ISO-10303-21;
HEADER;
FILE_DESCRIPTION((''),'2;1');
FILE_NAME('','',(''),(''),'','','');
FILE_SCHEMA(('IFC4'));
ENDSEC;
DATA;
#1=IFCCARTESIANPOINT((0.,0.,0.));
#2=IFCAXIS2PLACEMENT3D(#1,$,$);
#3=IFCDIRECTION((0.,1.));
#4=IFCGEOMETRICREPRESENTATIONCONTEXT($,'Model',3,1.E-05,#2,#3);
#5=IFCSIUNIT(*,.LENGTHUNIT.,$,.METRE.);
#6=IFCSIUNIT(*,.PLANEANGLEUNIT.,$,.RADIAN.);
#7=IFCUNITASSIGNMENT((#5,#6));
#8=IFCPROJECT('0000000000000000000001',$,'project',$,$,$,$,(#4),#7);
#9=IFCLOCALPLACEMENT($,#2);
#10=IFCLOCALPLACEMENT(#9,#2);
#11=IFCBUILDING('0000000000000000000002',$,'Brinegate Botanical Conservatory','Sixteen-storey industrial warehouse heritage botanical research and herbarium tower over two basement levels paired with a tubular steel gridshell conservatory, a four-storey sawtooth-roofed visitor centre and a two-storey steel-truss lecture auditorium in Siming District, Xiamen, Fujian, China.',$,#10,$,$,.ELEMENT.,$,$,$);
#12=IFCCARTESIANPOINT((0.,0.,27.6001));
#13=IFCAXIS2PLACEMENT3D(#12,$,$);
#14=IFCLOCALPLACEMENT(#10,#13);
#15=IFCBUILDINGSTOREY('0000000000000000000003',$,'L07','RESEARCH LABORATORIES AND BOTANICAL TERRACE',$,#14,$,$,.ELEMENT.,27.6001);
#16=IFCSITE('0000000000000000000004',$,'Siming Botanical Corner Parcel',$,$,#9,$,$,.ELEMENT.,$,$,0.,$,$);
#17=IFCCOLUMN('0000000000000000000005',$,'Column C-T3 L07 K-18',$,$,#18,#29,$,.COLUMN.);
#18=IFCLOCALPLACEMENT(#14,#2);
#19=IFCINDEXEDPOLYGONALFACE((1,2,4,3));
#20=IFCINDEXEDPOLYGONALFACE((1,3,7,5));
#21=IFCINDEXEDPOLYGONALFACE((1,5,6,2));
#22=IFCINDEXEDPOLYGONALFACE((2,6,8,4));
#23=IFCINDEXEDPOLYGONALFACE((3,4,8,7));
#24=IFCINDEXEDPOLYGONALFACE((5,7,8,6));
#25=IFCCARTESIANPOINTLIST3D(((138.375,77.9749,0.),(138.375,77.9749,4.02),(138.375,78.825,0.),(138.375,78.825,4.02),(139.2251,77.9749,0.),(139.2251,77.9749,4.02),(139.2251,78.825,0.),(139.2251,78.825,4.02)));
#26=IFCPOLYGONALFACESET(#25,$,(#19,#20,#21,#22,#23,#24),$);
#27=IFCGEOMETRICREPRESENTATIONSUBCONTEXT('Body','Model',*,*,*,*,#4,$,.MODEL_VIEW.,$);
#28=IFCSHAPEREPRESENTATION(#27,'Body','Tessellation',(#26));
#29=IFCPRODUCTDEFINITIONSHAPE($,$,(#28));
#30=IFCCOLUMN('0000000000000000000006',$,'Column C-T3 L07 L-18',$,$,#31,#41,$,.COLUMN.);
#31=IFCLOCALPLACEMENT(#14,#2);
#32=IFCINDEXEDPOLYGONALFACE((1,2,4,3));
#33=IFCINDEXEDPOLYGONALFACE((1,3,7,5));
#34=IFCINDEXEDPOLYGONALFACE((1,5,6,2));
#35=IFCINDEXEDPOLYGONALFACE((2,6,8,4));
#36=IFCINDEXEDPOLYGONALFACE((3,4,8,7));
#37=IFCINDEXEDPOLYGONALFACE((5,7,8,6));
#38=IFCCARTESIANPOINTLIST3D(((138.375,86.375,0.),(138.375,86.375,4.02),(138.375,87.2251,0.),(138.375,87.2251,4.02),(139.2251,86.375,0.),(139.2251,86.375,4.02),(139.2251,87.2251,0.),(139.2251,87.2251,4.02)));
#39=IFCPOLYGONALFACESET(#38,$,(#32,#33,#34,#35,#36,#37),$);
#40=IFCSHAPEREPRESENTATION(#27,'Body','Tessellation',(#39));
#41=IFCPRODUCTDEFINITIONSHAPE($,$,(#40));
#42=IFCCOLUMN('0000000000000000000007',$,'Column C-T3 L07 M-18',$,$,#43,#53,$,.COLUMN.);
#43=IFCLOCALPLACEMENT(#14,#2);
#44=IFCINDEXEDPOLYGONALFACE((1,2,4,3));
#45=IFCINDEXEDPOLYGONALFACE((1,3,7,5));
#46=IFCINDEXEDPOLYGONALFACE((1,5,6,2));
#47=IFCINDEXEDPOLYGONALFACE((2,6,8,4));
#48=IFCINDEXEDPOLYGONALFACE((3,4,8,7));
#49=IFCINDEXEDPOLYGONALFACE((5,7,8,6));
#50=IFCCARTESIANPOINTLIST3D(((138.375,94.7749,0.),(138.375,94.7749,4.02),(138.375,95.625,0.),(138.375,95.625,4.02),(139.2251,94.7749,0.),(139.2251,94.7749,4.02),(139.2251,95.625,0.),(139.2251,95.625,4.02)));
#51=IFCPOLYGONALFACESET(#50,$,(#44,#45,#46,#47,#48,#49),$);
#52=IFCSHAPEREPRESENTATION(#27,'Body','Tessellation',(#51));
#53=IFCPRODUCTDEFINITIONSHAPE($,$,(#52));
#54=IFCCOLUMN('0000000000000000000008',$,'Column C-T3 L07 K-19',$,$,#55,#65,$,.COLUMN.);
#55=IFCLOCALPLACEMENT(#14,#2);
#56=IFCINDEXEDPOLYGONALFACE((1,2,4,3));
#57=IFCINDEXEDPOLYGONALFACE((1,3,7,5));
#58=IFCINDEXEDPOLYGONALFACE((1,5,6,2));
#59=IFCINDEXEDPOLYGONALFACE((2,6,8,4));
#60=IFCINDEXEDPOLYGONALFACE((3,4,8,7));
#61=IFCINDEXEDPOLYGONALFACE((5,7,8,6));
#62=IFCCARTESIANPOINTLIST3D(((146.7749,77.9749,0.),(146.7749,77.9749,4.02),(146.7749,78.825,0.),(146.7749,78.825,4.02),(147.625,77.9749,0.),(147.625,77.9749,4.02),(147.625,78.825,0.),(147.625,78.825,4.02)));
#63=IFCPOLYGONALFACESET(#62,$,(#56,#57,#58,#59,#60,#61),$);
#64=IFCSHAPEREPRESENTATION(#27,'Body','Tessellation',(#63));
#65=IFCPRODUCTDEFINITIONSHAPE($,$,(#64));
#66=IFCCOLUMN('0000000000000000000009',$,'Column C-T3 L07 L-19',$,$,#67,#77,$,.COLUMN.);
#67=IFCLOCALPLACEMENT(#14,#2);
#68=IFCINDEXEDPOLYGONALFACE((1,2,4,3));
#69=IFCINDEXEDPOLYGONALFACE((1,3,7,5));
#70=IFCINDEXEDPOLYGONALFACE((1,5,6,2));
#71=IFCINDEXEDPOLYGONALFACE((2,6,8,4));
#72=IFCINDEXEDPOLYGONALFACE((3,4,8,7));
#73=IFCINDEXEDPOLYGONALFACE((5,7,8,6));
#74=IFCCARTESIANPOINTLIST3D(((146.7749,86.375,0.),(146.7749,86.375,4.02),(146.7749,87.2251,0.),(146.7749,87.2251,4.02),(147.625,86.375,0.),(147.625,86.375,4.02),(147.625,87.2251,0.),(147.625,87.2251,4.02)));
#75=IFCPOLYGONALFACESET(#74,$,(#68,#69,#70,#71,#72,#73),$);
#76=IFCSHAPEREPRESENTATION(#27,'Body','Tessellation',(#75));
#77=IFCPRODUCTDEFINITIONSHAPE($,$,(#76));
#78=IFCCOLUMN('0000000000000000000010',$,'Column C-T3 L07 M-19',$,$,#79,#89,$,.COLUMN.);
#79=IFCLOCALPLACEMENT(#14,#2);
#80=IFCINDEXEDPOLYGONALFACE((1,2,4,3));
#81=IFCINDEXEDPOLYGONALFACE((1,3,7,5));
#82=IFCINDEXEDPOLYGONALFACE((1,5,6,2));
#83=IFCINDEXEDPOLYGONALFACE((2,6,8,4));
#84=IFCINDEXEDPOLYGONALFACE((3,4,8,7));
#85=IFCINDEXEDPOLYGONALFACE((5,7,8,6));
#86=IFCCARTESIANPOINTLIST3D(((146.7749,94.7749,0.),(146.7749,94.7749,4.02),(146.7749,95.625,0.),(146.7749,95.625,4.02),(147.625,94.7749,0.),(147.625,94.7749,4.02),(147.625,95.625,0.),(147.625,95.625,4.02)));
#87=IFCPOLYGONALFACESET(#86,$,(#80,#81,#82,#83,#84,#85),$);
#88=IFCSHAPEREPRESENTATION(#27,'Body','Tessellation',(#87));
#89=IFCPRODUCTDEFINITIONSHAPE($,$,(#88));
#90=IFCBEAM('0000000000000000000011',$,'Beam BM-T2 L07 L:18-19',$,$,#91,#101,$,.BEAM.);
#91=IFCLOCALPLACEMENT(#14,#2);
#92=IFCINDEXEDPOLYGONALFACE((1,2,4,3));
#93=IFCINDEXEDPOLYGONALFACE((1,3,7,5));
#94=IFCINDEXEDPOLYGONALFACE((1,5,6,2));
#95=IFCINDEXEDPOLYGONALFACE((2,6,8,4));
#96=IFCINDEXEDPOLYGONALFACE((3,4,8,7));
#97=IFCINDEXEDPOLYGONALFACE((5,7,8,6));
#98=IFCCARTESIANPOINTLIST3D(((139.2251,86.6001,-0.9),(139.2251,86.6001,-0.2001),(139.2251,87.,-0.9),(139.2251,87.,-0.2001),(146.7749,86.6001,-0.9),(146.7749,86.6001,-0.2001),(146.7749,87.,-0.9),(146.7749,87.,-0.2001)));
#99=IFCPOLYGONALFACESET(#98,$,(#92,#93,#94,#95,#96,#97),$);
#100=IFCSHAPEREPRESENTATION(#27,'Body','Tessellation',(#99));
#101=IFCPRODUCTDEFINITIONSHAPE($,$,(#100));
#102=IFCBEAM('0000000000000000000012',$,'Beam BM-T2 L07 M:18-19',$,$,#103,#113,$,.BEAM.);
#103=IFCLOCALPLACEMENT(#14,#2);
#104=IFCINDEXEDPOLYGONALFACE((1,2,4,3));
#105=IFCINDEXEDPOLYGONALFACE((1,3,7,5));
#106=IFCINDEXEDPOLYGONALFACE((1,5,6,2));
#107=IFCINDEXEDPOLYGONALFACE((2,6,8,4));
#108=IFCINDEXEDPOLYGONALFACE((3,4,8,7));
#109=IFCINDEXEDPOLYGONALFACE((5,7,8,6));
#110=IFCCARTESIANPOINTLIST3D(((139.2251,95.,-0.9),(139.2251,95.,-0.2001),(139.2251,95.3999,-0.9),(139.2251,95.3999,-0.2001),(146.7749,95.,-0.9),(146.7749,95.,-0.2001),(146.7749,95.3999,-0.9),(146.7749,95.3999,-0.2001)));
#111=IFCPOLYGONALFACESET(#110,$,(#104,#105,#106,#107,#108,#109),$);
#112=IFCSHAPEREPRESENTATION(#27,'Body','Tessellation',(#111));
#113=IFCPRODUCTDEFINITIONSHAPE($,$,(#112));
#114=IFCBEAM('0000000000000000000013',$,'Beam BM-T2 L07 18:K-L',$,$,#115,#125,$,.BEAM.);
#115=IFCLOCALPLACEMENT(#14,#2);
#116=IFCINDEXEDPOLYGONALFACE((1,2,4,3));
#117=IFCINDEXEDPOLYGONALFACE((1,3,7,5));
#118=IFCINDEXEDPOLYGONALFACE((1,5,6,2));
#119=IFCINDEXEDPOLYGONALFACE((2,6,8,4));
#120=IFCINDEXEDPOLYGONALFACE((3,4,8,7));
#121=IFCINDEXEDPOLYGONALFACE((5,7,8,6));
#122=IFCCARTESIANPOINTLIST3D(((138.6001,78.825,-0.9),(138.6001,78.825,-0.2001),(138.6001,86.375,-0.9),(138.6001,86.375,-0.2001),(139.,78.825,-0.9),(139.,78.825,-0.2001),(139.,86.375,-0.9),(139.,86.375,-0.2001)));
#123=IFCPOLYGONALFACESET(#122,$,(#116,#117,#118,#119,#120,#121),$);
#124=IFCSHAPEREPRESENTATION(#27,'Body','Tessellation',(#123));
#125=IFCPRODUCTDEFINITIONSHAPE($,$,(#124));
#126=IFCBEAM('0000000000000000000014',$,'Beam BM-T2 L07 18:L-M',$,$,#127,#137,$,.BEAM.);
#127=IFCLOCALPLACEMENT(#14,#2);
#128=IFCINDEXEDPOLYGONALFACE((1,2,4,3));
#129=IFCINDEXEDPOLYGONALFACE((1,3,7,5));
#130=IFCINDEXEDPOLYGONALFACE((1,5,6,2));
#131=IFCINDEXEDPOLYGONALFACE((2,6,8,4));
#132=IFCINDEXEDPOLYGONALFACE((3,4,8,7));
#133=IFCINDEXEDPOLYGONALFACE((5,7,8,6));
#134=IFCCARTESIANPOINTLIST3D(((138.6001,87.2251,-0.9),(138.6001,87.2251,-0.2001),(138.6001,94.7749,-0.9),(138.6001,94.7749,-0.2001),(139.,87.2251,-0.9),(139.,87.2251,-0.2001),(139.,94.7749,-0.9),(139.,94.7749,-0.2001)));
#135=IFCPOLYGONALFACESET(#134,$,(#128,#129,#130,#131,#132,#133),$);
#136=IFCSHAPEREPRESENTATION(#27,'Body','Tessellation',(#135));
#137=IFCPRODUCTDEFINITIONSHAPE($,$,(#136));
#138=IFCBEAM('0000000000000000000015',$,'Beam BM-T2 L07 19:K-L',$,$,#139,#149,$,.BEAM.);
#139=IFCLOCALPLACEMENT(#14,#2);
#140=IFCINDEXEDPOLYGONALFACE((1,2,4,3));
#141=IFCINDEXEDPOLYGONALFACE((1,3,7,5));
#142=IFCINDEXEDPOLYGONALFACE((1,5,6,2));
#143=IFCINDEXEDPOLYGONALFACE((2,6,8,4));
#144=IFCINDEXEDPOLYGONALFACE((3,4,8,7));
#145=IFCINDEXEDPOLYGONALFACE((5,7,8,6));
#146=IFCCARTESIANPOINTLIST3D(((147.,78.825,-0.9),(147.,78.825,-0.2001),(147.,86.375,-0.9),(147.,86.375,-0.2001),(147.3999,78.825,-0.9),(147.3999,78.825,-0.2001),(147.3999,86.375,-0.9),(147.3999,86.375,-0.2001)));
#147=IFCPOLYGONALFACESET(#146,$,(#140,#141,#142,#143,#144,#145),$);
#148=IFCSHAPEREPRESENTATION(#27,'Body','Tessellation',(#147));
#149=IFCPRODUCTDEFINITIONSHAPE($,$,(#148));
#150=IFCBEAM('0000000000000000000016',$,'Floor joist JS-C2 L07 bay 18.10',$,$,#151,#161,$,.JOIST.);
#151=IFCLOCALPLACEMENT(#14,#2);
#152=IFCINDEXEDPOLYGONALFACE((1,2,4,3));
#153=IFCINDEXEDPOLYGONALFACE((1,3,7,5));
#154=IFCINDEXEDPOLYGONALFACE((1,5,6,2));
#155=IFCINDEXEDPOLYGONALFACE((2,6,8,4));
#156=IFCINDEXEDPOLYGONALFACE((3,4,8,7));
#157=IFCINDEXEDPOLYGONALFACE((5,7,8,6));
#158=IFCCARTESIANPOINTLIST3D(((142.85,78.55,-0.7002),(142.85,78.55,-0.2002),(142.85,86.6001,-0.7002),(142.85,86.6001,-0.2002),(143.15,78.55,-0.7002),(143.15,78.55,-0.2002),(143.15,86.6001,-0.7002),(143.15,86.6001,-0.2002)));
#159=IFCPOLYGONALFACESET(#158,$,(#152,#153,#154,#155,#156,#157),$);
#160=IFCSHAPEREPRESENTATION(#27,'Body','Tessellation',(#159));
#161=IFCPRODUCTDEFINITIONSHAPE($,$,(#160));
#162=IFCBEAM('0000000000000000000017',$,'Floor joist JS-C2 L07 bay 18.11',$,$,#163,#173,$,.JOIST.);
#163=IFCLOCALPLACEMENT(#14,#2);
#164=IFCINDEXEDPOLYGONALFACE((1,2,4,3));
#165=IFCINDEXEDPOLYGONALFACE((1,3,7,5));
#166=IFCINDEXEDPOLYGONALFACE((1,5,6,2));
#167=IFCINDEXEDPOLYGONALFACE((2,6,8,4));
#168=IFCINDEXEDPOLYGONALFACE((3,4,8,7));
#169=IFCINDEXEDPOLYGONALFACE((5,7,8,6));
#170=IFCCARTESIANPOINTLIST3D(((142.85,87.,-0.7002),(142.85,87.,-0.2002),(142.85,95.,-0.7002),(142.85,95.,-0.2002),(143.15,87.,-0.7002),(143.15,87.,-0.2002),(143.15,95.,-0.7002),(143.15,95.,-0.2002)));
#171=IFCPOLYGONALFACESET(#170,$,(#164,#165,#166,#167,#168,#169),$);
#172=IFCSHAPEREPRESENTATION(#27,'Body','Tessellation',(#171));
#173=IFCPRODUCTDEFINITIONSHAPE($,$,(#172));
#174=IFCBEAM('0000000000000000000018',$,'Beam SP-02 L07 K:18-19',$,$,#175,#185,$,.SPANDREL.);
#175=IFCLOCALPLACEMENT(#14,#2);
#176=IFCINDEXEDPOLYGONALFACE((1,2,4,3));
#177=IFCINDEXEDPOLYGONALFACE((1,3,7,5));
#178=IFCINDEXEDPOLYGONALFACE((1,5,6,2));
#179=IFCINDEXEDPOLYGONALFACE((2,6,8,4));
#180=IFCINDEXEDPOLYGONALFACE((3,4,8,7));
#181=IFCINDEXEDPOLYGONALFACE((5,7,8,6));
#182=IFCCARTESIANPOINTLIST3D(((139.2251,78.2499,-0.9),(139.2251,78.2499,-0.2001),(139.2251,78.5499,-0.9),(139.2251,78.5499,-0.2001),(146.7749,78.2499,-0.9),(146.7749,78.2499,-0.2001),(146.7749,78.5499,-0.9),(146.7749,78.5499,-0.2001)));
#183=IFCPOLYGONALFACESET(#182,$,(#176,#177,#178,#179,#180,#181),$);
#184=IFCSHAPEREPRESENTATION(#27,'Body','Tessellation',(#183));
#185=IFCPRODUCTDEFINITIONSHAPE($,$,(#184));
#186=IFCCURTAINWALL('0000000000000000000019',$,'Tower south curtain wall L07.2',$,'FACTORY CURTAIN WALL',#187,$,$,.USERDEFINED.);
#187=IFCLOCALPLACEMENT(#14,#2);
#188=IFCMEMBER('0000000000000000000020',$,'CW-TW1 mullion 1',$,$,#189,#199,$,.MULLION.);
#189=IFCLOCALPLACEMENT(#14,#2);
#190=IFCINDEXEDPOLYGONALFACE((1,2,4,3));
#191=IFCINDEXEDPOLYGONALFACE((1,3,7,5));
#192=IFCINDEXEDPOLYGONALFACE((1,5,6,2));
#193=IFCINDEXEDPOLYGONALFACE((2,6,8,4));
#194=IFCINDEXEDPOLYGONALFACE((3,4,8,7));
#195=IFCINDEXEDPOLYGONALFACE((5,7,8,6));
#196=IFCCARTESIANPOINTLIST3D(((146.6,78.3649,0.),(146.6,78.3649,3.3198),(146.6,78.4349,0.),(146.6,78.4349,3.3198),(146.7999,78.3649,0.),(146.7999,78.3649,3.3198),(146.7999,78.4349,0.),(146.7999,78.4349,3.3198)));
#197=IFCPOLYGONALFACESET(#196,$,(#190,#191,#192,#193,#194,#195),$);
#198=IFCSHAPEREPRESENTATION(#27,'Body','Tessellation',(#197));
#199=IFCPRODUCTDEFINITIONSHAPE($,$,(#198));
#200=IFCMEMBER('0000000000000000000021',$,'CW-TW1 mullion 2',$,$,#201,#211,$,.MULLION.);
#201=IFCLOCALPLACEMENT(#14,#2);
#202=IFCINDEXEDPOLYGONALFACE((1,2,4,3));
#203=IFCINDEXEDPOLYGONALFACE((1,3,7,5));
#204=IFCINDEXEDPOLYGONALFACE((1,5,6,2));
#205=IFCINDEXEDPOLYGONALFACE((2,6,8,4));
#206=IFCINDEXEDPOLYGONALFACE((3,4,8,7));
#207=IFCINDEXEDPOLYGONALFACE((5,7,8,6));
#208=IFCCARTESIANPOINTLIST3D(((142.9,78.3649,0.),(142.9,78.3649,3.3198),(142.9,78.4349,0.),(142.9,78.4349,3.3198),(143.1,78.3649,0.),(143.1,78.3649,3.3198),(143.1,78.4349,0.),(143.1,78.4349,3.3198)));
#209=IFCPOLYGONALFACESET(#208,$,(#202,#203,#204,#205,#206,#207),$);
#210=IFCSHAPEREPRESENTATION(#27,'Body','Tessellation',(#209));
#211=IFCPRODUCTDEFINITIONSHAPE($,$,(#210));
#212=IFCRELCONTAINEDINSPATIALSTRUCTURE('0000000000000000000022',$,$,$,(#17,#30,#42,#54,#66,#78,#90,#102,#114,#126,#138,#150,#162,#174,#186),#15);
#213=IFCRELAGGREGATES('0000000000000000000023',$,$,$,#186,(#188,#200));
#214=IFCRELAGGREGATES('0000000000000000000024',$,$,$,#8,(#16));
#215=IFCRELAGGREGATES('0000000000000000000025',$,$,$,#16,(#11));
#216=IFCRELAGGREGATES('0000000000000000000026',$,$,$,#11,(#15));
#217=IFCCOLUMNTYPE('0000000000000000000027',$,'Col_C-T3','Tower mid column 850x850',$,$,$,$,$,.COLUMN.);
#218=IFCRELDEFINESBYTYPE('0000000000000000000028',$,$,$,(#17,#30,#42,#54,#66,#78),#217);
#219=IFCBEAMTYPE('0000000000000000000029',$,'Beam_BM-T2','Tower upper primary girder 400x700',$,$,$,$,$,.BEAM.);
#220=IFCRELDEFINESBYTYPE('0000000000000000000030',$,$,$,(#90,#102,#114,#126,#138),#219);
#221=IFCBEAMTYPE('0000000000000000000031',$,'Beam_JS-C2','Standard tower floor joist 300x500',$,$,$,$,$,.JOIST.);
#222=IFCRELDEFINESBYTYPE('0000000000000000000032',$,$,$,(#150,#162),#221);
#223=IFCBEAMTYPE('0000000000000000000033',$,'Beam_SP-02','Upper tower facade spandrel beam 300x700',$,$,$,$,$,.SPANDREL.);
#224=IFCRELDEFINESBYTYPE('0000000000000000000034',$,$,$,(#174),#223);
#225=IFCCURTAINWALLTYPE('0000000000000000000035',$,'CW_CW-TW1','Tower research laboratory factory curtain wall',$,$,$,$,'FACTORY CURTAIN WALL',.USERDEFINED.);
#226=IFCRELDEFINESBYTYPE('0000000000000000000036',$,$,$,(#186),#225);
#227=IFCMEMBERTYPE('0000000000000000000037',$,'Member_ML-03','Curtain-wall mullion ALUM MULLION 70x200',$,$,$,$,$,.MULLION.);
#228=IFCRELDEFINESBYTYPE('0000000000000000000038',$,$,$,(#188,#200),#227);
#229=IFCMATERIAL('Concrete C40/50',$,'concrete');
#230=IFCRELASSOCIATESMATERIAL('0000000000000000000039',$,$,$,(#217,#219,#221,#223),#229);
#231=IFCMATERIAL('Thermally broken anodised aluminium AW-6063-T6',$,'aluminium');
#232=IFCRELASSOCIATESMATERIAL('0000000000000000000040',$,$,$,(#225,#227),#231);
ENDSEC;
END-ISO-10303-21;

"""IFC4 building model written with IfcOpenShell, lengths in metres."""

from ifc_helpers import new_model, si_unit, direction, frame, origin, origin_2d, place, context, subcontext, project, spatial, rectangle, extrude, material, material_profile, profile_set, type_object, element, aggregate, save


model = new_model("IFC4")

# Units and contexts
model_context = context("Model", 3, precision=1e-05, world=origin(), true_north=direction((0.0, 1.0)))
body_context = subcontext(model_context, "Body", "Model", "MODEL_VIEW")
ifc_project = project(units=[si_unit("LENGTHUNIT", "METRE"), si_unit("PLANEANGLEUNIT", "RADIAN")], contexts=[model_context])

# Site, building, storey
site_placement = place(None, origin())
site = spatial("IfcSite", under=ifc_project, at=site_placement, Name="Siming Botanical Corner Parcel", CompositionType="ELEMENT", RefElevation=0.0)
building_placement = place(site_placement, origin())
building = spatial("IfcBuilding", under=site, at=building_placement, Name="Brinegate Botanical Conservatory", Description="Sixteen-storey industrial warehouse heritage botanical research and herbarium tower over two basement levels paired with a tubular steel gridshell conservatory, a four-storey sawtooth-roofed visitor centre and a two-storey steel-truss lecture auditorium in Siming District, Xiamen, Fujian, China.", CompositionType="ELEMENT")
storey_placement = place(building_placement, frame((0.0, 0.0, 27.6001)))
storey = spatial("IfcBuildingStorey", under=building, at=storey_placement, Name="L07", Description="RESEARCH LABORATORIES AND BOTANICAL TERRACE", CompositionType="ELEMENT", Elevation=27.6001)

# Columns
ifc_material_1 = material(Name="Concrete C40/50", Category="concrete")
ifc_material_profile_1 = material_profile(ifc_material_1, rectangle(XDim=0.8501, YDim=0.8501, at=origin_2d()), Name="RC COL 850x850")
ifc_profile_set_1 = profile_set([ifc_material_profile_1], Name="Concrete C40/50")
column_type = type_object("IfcColumnType", Name="Col_C-T3", Description="Tower mid column 850x850", PredefinedType="COLUMN", material=ifc_profile_set_1)
for number, where, z_axis, x_axis, name in (
    (1, (138.8, 78.3999, 0.0), (0.0, 0.0, 1.0), (1.0, 0.0, 0.0), "Column C-T3 L07 K-18"),
    (2, (138.8, 86.8, 0.0), (0.0, 0.0, 1.0), (1.0, 0.0, 0.0), "Column C-T3 L07 L-18"),
    (3, (138.8, 95.2, 0.0), (0.0, 0.0, 1.0), (1.0, 0.0, 0.0), "Column C-T3 L07 M-18"),
    (4, (147.2, 78.3999, 0.0), (0.0, 0.0, 1.0), (1.0, 0.0, 0.0), "Column C-T3 L07 K-19"),
    (5, (147.2, 86.8, 0.0), (0.0, 0.0, 1.0), (1.0, 0.0, 0.0), "Column C-T3 L07 L-19"),
    (6, (147.2, 95.2, 0.0), (0.0, 0.0, 1.0), (1.0, 0.0, 0.0), "Column C-T3 L07 M-19"),
):
    element("IfcColumn", number, at=place(storey_placement, frame(where, z_axis=z_axis, x_axis=x_axis)), inside=storey, type_object=column_type, Name=name, PredefinedType="COLUMN", context=body_context, shape_type="SweptSolid", body=[
        extrude(rectangle(XDim=0.8501, YDim=0.8501, at=origin_2d()), origin(), (0.0, 0.0, 1.0), 4.02),
    ])

# Beams
ifc_material_profile_2 = material_profile(ifc_material_1, rectangle(XDim=0.3999, YDim=0.7, at=origin_2d()), Name="RC BM 400x700")
ifc_profile_set_2 = profile_set([ifc_material_profile_2], Name="Concrete C40/50")
beam_type_1 = type_object("IfcBeamType", Name="Beam_BM-T2", Description="Tower upper primary girder 400x700", PredefinedType="BEAM", material=ifc_profile_set_2)
for number, where, z_axis, x_axis, name in (
    (7, (139.2251, 86.8, -0.55), (1.0, 0.0, 0.0), (0.0, 1.0, 0.0), "Beam BM-T2 L07 L:18-19"),
    (8, (139.2251, 95.2, -0.55), (1.0, 0.0, 0.0), (0.0, 1.0, 0.0), "Beam BM-T2 L07 M:18-19"),
):
    element("IfcBeam", number, at=place(storey_placement, frame(where, z_axis=z_axis, x_axis=x_axis)), inside=storey, type_object=beam_type_1, Name=name, PredefinedType="BEAM", context=body_context, shape_type="SweptSolid", body=[
        extrude(rectangle(XDim=0.3999, YDim=0.7, at=origin_2d()), origin(), (0.0, 0.0, 1.0), 7.5498),
    ])
beam_1_placement = place(storey_placement, frame((138.8, 78.825, -0.55), z_axis=(0.0, 1.0, 0.0), x_axis=(-1.0, 0.0, 0.0)))
element("IfcBeam", 9, at=beam_1_placement, inside=storey, type_object=beam_type_1, Name="Beam BM-T2 L07 18:K-L", PredefinedType="BEAM", context=body_context, shape_type="SweptSolid", body=[
    extrude(rectangle(XDim=0.3999, YDim=0.7, at=origin_2d()), origin(), (0.0, 0.0, 1.0), 7.55),
])
beam_2_placement = place(storey_placement, frame((138.8, 87.2251, -0.55), z_axis=(0.0, 1.0, 0.0), x_axis=(-1.0, 0.0, 0.0)))
element("IfcBeam", 10, at=beam_2_placement, inside=storey, type_object=beam_type_1, Name="Beam BM-T2 L07 18:L-M", PredefinedType="BEAM", context=body_context, shape_type="SweptSolid", body=[
    extrude(rectangle(XDim=0.3999, YDim=0.7, at=origin_2d()), origin(), (0.0, 0.0, 1.0), 7.5498),
])
beam_3_placement = place(storey_placement, frame((147.2, 78.825, -0.55), z_axis=(0.0, 1.0, 0.0), x_axis=(-1.0, 0.0, 0.0)))
element("IfcBeam", 11, at=beam_3_placement, inside=storey, type_object=beam_type_1, Name="Beam BM-T2 L07 19:K-L", PredefinedType="BEAM", context=body_context, shape_type="SweptSolid", body=[
    extrude(rectangle(XDim=0.3999, YDim=0.7, at=origin_2d()), origin(), (0.0, 0.0, 1.0), 7.55),
])
ifc_material_profile_3 = material_profile(ifc_material_1, rectangle(XDim=0.3, YDim=0.5, at=origin_2d()), Name="RC JST 300x500")
ifc_profile_set_3 = profile_set([ifc_material_profile_3], Name="Concrete C40/50")
beam_type_2 = type_object("IfcBeamType", Name="Beam_JS-C2", Description="Standard tower floor joist 300x500", PredefinedType="JOIST", material=ifc_profile_set_3)
beam_4_placement = place(storey_placement, frame((143.0, 78.55, -0.4502), z_axis=(0.0, 1.0, 0.0), x_axis=(-1.0, 0.0, 0.0)))
element("IfcBeam", 12, at=beam_4_placement, inside=storey, type_object=beam_type_2, Name="Floor joist JS-C2 L07 bay 18.10", PredefinedType="JOIST", context=body_context, shape_type="SweptSolid", body=[
    extrude(rectangle(XDim=0.3, YDim=0.5, at=origin_2d()), origin(), (0.0, 0.0, 1.0), 8.05),
])
beam_5_placement = place(storey_placement, frame((143.0, 87.0, -0.4502), z_axis=(0.0, 1.0, 0.0), x_axis=(-1.0, 0.0, 0.0)))
element("IfcBeam", 13, at=beam_5_placement, inside=storey, type_object=beam_type_2, Name="Floor joist JS-C2 L07 bay 18.11", PredefinedType="JOIST", context=body_context, shape_type="SweptSolid", body=[
    extrude(rectangle(XDim=0.3, YDim=0.5, at=origin_2d()), origin(), (0.0, 0.0, 1.0), 8.0),
])
ifc_material_profile_4 = material_profile(ifc_material_1, rectangle(XDim=0.3, YDim=0.7, at=origin_2d()), Name="RC SPN 300x700")
ifc_profile_set_4 = profile_set([ifc_material_profile_4], Name="Concrete C40/50")
beam_type_3 = type_object("IfcBeamType", Name="Beam_SP-02", Description="Upper tower facade spandrel beam 300x700", PredefinedType="SPANDREL", material=ifc_profile_set_4)
beam_6_placement = place(storey_placement, frame((139.2251, 78.3999, -0.55), z_axis=(1.0, 0.0, 0.0), x_axis=(0.0, 1.0, 0.0)))
element("IfcBeam", 14, at=beam_6_placement, inside=storey, type_object=beam_type_3, Name="Beam SP-02 L07 K:18-19", PredefinedType="SPANDREL", context=body_context, shape_type="SweptSolid", body=[
    extrude(rectangle(XDim=0.3, YDim=0.7, at=origin_2d()), origin(), (0.0, 0.0, 1.0), 7.5498),
])

# Curtain wall, members
ifc_material_2 = material(Name="Thermally broken anodised aluminium AW-6063-T6", Category="aluminium")
curtain_wall_type = type_object("IfcCurtainWallType", Name="CW_CW-TW1", Description="Tower research laboratory factory curtain wall", ElementType="FACTORY CURTAIN WALL", PredefinedType="USERDEFINED", material=ifc_material_2)
curtain_wall_placement = place(storey_placement, origin())
curtain_wall = element("IfcCurtainWall", 15, at=curtain_wall_placement, inside=storey, type_object=curtain_wall_type, Name="Tower south curtain wall L07.2", ObjectType="FACTORY CURTAIN WALL", PredefinedType="USERDEFINED")
ifc_material_profile_5 = material_profile(ifc_material_2, rectangle(XDim=0.0701, YDim=0.2, at=origin_2d()), Name="ALUM MULLION 70x200")
ifc_profile_set_5 = profile_set([ifc_material_profile_5], Name="Thermally broken anodised aluminium AW-6063-T6")
member_type_1 = type_object("IfcMemberType", Name="Member_ML-03", Description="Curtain-wall mullion ALUM MULLION 70x200", PredefinedType="MULLION", material=ifc_profile_set_5)
member_1_placement = place(storey_placement, frame((146.7, 78.3999, 0.0), z_axis=(0.0, 0.0, 1.0), x_axis=(0.0, -1.0, 0.0)))
member_1 = element("IfcMember", 16, at=member_1_placement, type_object=member_type_1, Name="CW-TW1 mullion 1", PredefinedType="MULLION", context=body_context, shape_type="SweptSolid", body=[
    extrude(rectangle(XDim=0.0701, YDim=0.2, at=origin_2d()), origin(), (0.0, 0.0, 1.0), 3.3198),
])
member_2_placement = place(storey_placement, frame((143.0, 78.3999, 0.0), z_axis=(0.0, 0.0, 1.0), x_axis=(0.0, -1.0, 0.0)))
member_2 = element("IfcMember", 17, at=member_2_placement, type_object=member_type_1, Name="CW-TW1 mullion 2", PredefinedType="MULLION", context=body_context, shape_type="SweptSolid", body=[
    extrude(rectangle(XDim=0.0701, YDim=0.2, at=origin_2d()), origin(), (0.0, 0.0, 1.0), 3.3198),
])
aggregate(curtain_wall, [member_1, member_2])

save(model, "model.ifc")
